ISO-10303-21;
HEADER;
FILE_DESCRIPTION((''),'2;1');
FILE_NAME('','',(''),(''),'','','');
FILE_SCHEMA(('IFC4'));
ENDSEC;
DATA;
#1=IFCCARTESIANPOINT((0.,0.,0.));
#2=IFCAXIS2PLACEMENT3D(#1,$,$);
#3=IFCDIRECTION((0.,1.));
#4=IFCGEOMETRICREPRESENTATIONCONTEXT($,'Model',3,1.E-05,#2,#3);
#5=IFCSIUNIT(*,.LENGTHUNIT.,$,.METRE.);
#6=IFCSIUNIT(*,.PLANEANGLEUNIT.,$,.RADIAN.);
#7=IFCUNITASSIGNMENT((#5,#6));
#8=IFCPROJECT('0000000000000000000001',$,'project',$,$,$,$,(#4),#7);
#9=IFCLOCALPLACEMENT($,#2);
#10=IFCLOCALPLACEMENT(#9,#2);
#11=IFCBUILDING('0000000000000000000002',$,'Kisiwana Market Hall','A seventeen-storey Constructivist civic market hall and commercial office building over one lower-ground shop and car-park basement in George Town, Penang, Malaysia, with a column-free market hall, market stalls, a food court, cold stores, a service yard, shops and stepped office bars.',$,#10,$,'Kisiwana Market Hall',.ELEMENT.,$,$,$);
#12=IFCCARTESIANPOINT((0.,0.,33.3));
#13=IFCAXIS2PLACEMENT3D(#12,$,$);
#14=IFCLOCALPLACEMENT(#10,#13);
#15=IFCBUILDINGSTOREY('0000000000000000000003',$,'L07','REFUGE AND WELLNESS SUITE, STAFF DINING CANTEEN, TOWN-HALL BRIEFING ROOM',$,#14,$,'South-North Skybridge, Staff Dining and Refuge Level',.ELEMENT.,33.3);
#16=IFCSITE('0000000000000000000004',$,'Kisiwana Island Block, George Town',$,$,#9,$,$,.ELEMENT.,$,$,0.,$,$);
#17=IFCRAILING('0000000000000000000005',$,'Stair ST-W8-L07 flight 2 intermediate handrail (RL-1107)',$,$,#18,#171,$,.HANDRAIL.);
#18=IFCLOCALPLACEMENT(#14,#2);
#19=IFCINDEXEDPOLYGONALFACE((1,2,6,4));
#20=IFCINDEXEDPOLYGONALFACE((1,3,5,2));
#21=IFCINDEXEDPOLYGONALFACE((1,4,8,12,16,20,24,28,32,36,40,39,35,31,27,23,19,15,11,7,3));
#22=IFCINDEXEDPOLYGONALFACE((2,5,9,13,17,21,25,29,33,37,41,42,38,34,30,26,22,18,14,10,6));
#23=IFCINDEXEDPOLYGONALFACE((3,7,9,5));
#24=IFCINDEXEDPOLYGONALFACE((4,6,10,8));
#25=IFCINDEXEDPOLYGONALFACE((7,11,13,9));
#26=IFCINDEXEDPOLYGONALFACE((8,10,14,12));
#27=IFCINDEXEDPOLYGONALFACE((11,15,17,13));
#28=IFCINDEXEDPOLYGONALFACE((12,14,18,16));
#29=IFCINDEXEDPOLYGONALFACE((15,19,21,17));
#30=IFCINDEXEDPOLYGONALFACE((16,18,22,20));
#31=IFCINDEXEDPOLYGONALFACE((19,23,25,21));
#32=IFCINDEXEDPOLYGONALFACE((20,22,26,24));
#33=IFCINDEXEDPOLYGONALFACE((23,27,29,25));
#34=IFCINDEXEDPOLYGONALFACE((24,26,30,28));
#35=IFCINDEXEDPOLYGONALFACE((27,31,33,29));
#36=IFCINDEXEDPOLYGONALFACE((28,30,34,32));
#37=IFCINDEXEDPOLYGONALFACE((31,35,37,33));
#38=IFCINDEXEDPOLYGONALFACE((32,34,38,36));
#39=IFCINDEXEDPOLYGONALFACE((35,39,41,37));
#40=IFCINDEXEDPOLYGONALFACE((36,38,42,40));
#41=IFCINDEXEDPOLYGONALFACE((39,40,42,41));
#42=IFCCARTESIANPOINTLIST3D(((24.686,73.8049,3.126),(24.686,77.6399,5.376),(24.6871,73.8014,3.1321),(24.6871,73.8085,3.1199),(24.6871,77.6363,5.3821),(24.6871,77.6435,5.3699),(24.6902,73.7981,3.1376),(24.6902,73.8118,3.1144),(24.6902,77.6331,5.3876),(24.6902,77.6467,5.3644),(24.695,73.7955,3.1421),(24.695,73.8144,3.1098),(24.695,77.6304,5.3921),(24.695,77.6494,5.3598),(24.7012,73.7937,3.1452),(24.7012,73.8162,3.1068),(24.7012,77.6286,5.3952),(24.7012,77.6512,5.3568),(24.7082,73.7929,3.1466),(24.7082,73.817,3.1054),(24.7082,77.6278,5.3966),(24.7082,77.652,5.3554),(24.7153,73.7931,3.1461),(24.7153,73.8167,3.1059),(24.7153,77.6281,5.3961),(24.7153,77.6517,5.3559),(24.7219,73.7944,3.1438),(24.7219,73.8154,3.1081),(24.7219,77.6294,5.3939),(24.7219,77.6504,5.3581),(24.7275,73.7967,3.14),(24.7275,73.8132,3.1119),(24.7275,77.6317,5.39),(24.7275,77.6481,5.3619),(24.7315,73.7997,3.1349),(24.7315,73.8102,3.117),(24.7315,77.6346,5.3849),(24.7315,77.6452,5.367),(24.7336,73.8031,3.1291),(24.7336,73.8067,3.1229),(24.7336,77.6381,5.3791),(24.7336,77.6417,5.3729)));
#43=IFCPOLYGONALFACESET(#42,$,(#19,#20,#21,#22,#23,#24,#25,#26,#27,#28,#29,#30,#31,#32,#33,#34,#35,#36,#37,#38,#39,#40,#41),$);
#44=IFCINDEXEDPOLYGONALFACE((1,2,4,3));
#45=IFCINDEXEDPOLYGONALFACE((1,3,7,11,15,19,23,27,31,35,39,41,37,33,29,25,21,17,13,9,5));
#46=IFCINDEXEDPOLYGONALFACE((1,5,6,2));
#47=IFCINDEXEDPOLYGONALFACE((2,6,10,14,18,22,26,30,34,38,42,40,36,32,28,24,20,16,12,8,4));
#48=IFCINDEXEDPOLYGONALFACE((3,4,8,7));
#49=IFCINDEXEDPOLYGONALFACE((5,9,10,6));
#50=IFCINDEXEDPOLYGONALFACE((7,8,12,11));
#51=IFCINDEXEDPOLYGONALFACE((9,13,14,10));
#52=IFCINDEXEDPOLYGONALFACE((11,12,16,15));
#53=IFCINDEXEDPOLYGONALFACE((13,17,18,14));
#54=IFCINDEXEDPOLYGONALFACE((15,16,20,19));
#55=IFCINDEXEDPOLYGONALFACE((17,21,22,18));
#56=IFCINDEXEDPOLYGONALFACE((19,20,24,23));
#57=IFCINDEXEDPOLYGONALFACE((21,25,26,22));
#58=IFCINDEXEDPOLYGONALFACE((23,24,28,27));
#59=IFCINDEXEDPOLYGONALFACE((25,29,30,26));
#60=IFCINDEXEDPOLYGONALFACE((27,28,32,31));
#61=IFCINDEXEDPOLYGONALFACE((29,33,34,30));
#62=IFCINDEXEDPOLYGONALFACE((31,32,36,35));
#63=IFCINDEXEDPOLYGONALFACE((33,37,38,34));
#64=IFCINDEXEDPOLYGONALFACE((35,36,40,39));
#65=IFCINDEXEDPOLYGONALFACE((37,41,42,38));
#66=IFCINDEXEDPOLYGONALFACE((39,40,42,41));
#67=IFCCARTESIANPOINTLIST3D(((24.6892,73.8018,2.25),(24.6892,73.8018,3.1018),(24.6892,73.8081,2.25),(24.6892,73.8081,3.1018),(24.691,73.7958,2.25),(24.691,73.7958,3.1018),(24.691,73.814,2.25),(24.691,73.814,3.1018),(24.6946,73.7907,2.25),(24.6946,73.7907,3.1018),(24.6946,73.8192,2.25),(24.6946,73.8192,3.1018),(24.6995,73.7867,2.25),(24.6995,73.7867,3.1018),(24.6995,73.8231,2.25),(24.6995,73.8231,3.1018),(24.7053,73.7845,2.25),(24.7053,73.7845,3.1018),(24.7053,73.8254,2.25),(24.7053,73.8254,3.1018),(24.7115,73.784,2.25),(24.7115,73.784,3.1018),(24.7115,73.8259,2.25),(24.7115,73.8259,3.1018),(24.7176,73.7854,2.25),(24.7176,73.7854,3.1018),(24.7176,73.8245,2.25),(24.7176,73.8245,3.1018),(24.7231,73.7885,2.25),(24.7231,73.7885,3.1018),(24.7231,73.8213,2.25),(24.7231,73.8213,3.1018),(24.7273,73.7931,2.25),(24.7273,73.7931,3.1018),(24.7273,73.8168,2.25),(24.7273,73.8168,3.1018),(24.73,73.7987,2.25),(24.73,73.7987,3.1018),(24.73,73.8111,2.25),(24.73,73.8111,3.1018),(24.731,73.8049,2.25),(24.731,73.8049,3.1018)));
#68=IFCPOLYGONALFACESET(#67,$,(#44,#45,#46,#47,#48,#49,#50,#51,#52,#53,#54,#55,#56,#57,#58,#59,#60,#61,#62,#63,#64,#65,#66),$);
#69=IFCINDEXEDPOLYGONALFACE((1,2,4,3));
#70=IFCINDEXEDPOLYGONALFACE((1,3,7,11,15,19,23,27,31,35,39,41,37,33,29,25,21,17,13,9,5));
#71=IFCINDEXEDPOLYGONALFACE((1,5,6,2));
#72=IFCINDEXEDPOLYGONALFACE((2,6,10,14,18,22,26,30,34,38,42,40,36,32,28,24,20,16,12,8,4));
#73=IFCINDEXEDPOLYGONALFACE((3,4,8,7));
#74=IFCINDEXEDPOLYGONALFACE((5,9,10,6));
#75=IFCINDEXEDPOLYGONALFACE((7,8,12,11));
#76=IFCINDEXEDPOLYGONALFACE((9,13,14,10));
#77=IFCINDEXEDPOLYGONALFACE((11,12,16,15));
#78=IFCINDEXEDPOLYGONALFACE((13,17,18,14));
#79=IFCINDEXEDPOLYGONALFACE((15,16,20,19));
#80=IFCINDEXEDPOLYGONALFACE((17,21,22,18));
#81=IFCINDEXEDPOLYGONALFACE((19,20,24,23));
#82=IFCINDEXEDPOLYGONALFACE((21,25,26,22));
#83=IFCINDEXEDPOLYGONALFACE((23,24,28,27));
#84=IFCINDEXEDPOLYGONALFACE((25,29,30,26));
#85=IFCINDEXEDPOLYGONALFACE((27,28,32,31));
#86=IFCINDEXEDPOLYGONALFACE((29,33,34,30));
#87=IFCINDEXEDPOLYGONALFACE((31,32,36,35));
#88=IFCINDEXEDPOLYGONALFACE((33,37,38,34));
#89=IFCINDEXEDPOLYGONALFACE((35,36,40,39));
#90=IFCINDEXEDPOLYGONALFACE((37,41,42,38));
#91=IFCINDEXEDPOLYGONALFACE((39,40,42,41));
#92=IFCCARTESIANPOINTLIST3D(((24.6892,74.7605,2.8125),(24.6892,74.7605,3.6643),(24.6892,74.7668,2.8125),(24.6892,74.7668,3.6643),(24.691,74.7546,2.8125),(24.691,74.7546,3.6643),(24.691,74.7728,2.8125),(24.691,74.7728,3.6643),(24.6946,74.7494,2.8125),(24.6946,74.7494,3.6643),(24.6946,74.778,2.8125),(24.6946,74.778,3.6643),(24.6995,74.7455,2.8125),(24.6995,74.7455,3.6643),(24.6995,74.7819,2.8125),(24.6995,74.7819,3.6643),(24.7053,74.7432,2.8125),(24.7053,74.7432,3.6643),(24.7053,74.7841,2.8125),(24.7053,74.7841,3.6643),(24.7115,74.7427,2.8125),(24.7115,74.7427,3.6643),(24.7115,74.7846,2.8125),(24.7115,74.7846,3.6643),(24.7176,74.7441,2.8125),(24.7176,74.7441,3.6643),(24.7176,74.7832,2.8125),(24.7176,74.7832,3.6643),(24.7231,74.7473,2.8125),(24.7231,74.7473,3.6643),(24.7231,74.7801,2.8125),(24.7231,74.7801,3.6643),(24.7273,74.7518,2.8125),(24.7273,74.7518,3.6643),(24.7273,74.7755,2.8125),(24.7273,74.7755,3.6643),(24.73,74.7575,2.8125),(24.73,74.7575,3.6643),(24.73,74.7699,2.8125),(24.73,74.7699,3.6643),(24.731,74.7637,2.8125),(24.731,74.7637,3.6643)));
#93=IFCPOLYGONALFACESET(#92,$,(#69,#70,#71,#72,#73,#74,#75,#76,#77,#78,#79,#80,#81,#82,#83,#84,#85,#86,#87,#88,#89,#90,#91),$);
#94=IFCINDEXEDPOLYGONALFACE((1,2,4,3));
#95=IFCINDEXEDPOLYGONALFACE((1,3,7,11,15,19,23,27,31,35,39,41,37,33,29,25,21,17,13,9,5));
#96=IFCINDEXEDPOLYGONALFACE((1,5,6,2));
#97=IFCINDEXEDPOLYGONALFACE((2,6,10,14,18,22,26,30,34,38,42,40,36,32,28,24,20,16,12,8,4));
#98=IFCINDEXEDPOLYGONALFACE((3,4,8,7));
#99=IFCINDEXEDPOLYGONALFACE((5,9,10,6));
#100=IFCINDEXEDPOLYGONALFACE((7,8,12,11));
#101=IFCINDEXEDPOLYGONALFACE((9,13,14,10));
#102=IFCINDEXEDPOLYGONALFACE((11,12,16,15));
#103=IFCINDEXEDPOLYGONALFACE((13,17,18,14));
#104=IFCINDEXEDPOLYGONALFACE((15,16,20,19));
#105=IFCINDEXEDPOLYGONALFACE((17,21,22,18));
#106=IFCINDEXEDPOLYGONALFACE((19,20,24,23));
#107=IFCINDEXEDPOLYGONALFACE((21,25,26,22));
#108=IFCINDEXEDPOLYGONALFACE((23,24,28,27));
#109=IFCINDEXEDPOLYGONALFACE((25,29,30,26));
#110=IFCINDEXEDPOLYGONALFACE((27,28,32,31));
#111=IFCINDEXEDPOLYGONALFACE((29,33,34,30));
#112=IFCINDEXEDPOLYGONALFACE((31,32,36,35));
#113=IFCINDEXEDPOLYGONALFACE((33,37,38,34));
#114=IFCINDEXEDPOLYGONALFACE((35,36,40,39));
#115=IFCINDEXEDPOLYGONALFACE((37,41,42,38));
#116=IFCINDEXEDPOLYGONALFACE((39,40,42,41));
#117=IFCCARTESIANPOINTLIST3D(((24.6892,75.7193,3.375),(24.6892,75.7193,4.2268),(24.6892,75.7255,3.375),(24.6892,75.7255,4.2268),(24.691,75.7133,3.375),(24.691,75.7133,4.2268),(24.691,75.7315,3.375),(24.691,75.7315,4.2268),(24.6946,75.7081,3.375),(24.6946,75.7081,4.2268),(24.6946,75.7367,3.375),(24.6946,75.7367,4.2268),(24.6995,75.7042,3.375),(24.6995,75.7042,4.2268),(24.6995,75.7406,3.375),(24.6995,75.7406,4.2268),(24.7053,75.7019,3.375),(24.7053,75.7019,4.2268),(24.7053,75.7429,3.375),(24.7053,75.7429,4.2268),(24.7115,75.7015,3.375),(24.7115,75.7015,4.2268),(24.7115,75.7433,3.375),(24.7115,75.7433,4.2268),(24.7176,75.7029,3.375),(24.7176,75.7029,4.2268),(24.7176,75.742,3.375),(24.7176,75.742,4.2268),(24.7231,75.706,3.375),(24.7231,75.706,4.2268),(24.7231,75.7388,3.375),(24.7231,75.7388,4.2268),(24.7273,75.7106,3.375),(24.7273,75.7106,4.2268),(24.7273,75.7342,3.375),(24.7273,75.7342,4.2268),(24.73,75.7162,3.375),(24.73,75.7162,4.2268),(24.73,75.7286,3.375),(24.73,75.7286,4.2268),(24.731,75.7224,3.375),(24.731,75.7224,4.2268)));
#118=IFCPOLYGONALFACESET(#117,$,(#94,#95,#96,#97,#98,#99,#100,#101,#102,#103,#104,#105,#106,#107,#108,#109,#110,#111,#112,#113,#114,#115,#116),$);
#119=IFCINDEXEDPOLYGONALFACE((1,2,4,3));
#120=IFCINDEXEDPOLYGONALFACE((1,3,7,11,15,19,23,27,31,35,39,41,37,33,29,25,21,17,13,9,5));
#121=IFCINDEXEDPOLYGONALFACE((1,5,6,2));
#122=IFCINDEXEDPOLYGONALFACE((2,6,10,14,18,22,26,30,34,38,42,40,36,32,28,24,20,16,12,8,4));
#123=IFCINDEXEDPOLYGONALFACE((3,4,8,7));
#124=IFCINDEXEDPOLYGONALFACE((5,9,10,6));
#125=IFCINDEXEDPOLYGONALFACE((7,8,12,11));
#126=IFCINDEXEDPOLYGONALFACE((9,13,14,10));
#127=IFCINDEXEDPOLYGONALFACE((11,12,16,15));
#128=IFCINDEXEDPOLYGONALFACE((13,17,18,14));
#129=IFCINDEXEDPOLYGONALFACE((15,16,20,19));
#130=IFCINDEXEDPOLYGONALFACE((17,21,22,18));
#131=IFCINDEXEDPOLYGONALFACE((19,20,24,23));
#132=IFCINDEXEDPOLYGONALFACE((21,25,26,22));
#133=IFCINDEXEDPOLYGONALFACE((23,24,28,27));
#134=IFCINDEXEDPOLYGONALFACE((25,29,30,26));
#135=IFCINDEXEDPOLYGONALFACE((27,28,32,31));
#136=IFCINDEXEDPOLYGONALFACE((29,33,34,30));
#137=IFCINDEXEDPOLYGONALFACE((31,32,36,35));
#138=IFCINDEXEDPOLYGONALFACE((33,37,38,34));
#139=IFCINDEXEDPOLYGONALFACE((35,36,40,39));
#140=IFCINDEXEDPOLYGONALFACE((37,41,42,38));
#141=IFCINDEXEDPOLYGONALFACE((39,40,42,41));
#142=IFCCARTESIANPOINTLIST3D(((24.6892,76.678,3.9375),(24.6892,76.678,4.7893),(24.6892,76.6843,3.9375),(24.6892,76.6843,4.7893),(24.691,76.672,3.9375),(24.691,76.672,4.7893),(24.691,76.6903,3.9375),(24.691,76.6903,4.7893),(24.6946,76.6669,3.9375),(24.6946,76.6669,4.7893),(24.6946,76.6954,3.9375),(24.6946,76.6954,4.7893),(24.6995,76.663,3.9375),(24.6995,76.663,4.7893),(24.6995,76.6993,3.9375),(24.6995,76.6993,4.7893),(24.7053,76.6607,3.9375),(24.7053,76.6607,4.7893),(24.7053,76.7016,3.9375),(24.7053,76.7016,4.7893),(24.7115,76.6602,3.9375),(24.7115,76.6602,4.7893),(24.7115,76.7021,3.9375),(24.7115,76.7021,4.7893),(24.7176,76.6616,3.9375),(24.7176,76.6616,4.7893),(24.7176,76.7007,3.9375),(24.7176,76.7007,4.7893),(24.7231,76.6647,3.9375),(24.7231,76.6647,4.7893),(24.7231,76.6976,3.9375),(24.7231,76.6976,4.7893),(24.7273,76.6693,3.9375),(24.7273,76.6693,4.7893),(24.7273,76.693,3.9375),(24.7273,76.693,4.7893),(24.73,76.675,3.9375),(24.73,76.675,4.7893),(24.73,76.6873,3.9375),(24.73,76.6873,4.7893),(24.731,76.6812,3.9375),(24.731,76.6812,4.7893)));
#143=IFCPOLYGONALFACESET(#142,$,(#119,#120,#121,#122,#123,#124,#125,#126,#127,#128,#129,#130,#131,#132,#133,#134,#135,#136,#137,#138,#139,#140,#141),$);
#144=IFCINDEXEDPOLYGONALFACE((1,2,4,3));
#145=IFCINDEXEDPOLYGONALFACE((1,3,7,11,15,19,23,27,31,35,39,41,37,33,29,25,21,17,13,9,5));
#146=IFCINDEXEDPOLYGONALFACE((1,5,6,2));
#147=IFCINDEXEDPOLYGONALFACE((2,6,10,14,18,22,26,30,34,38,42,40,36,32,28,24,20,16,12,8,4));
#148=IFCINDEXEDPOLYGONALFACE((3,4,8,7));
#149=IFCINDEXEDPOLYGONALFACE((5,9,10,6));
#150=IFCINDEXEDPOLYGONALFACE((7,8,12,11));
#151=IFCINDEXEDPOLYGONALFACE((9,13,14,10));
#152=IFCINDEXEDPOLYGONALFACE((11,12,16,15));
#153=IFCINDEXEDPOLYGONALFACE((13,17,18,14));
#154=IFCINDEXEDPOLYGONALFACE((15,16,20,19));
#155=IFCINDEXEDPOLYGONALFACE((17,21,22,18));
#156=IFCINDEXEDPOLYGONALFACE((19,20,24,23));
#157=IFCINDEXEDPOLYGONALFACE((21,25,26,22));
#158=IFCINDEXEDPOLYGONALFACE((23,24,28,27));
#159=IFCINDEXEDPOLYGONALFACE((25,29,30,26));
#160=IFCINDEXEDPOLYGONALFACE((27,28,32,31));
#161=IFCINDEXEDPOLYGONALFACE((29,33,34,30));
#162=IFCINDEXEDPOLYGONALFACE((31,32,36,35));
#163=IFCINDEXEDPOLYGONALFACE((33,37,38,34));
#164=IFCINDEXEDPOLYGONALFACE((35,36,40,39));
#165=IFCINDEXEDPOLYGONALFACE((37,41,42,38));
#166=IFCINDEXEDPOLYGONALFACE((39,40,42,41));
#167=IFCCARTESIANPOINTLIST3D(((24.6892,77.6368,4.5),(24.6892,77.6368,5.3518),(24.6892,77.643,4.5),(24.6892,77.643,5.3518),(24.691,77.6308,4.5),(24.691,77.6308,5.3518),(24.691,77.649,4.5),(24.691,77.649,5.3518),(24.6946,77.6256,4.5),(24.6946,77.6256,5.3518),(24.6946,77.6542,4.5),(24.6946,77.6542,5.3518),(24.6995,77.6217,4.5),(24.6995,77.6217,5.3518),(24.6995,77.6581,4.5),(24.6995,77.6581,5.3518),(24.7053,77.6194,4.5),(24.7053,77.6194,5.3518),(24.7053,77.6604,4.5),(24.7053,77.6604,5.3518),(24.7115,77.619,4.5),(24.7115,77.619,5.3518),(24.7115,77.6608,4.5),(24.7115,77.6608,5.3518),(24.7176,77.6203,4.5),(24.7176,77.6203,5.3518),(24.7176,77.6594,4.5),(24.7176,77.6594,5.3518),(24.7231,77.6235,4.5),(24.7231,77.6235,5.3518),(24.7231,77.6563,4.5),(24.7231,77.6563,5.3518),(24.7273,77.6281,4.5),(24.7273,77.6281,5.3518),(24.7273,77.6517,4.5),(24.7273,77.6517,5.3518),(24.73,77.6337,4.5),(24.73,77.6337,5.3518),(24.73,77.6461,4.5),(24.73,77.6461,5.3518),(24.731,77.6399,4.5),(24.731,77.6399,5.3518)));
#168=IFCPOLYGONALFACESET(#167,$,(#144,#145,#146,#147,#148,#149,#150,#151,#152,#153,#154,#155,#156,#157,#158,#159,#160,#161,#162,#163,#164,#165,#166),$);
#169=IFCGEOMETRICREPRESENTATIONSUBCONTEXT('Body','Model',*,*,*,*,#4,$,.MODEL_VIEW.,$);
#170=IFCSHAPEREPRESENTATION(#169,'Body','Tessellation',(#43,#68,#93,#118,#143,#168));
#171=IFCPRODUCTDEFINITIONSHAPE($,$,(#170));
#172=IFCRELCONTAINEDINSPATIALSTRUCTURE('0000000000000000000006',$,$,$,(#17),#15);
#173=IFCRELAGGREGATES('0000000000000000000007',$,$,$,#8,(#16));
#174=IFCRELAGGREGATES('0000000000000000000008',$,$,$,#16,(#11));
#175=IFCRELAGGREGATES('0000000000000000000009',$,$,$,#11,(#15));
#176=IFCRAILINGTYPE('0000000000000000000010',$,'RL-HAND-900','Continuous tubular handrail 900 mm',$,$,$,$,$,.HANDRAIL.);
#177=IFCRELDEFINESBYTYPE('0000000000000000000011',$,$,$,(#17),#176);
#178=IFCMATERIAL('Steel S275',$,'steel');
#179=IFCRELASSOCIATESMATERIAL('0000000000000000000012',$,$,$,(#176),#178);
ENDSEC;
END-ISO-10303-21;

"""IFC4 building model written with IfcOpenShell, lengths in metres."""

from ifc_helpers import new_model, si_unit, direction, frame, origin, origin_2d, place, context, subcontext, project, spatial, circle, extrude, material, type_object, element, save


model = new_model("IFC4")

# Units and contexts
model_context = context("Model", 3, precision=1e-05, world=origin(), true_north=direction((0.0, 1.0)))
body_context = subcontext(model_context, "Body", "Model", "MODEL_VIEW")
ifc_project = project(units=[si_unit("LENGTHUNIT", "METRE"), si_unit("PLANEANGLEUNIT", "RADIAN")], contexts=[model_context])

# Site, building, storey
site_placement = place(None, origin())
site = spatial("IfcSite", under=ifc_project, at=site_placement, Name="Kisiwana Island Block, George Town", CompositionType="ELEMENT", RefElevation=0.0)
building_placement = place(site_placement, origin())
building = spatial("IfcBuilding", under=site, at=building_placement, Name="Kisiwana Market Hall", Description="A seventeen-storey Constructivist civic market hall and commercial office building over one lower-ground shop and car-park basement in George Town, Penang, Malaysia, with a column-free market hall, market stalls, a food court, cold stores, a service yard, shops and stepped office bars.", LongName="Kisiwana Market Hall", CompositionType="ELEMENT")
storey_placement = place(building_placement, frame((0.0, 0.0, 33.3)))
storey = spatial("IfcBuildingStorey", under=building, at=storey_placement, Name="L07", Description="REFUGE AND WELLNESS SUITE, STAFF DINING CANTEEN, TOWN-HALL BRIEFING ROOM", LongName="South-North Skybridge, Staff Dining and Refuge Level", CompositionType="ELEMENT", Elevation=33.3)

# Railing
ifc_material_1 = material(Name="Steel S275", Category="steel")
railing_type_1 = type_object("IfcRailingType", Name="RL-HAND-900", Description="Continuous tubular handrail 900 mm", PredefinedType="HANDRAIL", material=ifc_material_1)
railing_1_placement = place(storey_placement, frame((24.71, 73.8049, 2.25)))
element("IfcRailing", 1, at=railing_1_placement, inside=storey, type_object=railing_type_1, Name="Stair ST-W8-L07 flight 2 intermediate handrail (RL-1107)", PredefinedType="HANDRAIL", context=body_context, shape_type="SweptSolid", body=[
    extrude(circle(Radius=0.0239, at=origin_2d()), frame((0.0, 0.0, 0.876), z_axis=(0.0, 0.86251, 0.506041), x_axis=(-1.0, 0.0, 0.0)), (0.0, 0.0, 1.0), 4.4463),
    extrude(circle(Radius=0.021, at=origin_2d()), origin(), (0.0, 0.0, 1.0), 0.8518),
    extrude(circle(Radius=0.021, at=origin_2d()), frame((0.0, 0.9587, 0.5625)), (0.0, 0.0, 1.0), 0.8518),
    extrude(circle(Radius=0.021, at=origin_2d()), frame((0.0, 1.9175, 1.125)), (0.0, 0.0, 1.0), 0.8518),
    extrude(circle(Radius=0.021, at=origin_2d()), frame((0.0, 2.8762, 1.6875)), (0.0, 0.0, 1.0), 0.8518),
    extrude(circle(Radius=0.021, at=origin_2d()), frame((0.0, 3.835, 2.25)), (0.0, 0.0, 1.0), 0.8518),
])

save(model, "model.ifc")
